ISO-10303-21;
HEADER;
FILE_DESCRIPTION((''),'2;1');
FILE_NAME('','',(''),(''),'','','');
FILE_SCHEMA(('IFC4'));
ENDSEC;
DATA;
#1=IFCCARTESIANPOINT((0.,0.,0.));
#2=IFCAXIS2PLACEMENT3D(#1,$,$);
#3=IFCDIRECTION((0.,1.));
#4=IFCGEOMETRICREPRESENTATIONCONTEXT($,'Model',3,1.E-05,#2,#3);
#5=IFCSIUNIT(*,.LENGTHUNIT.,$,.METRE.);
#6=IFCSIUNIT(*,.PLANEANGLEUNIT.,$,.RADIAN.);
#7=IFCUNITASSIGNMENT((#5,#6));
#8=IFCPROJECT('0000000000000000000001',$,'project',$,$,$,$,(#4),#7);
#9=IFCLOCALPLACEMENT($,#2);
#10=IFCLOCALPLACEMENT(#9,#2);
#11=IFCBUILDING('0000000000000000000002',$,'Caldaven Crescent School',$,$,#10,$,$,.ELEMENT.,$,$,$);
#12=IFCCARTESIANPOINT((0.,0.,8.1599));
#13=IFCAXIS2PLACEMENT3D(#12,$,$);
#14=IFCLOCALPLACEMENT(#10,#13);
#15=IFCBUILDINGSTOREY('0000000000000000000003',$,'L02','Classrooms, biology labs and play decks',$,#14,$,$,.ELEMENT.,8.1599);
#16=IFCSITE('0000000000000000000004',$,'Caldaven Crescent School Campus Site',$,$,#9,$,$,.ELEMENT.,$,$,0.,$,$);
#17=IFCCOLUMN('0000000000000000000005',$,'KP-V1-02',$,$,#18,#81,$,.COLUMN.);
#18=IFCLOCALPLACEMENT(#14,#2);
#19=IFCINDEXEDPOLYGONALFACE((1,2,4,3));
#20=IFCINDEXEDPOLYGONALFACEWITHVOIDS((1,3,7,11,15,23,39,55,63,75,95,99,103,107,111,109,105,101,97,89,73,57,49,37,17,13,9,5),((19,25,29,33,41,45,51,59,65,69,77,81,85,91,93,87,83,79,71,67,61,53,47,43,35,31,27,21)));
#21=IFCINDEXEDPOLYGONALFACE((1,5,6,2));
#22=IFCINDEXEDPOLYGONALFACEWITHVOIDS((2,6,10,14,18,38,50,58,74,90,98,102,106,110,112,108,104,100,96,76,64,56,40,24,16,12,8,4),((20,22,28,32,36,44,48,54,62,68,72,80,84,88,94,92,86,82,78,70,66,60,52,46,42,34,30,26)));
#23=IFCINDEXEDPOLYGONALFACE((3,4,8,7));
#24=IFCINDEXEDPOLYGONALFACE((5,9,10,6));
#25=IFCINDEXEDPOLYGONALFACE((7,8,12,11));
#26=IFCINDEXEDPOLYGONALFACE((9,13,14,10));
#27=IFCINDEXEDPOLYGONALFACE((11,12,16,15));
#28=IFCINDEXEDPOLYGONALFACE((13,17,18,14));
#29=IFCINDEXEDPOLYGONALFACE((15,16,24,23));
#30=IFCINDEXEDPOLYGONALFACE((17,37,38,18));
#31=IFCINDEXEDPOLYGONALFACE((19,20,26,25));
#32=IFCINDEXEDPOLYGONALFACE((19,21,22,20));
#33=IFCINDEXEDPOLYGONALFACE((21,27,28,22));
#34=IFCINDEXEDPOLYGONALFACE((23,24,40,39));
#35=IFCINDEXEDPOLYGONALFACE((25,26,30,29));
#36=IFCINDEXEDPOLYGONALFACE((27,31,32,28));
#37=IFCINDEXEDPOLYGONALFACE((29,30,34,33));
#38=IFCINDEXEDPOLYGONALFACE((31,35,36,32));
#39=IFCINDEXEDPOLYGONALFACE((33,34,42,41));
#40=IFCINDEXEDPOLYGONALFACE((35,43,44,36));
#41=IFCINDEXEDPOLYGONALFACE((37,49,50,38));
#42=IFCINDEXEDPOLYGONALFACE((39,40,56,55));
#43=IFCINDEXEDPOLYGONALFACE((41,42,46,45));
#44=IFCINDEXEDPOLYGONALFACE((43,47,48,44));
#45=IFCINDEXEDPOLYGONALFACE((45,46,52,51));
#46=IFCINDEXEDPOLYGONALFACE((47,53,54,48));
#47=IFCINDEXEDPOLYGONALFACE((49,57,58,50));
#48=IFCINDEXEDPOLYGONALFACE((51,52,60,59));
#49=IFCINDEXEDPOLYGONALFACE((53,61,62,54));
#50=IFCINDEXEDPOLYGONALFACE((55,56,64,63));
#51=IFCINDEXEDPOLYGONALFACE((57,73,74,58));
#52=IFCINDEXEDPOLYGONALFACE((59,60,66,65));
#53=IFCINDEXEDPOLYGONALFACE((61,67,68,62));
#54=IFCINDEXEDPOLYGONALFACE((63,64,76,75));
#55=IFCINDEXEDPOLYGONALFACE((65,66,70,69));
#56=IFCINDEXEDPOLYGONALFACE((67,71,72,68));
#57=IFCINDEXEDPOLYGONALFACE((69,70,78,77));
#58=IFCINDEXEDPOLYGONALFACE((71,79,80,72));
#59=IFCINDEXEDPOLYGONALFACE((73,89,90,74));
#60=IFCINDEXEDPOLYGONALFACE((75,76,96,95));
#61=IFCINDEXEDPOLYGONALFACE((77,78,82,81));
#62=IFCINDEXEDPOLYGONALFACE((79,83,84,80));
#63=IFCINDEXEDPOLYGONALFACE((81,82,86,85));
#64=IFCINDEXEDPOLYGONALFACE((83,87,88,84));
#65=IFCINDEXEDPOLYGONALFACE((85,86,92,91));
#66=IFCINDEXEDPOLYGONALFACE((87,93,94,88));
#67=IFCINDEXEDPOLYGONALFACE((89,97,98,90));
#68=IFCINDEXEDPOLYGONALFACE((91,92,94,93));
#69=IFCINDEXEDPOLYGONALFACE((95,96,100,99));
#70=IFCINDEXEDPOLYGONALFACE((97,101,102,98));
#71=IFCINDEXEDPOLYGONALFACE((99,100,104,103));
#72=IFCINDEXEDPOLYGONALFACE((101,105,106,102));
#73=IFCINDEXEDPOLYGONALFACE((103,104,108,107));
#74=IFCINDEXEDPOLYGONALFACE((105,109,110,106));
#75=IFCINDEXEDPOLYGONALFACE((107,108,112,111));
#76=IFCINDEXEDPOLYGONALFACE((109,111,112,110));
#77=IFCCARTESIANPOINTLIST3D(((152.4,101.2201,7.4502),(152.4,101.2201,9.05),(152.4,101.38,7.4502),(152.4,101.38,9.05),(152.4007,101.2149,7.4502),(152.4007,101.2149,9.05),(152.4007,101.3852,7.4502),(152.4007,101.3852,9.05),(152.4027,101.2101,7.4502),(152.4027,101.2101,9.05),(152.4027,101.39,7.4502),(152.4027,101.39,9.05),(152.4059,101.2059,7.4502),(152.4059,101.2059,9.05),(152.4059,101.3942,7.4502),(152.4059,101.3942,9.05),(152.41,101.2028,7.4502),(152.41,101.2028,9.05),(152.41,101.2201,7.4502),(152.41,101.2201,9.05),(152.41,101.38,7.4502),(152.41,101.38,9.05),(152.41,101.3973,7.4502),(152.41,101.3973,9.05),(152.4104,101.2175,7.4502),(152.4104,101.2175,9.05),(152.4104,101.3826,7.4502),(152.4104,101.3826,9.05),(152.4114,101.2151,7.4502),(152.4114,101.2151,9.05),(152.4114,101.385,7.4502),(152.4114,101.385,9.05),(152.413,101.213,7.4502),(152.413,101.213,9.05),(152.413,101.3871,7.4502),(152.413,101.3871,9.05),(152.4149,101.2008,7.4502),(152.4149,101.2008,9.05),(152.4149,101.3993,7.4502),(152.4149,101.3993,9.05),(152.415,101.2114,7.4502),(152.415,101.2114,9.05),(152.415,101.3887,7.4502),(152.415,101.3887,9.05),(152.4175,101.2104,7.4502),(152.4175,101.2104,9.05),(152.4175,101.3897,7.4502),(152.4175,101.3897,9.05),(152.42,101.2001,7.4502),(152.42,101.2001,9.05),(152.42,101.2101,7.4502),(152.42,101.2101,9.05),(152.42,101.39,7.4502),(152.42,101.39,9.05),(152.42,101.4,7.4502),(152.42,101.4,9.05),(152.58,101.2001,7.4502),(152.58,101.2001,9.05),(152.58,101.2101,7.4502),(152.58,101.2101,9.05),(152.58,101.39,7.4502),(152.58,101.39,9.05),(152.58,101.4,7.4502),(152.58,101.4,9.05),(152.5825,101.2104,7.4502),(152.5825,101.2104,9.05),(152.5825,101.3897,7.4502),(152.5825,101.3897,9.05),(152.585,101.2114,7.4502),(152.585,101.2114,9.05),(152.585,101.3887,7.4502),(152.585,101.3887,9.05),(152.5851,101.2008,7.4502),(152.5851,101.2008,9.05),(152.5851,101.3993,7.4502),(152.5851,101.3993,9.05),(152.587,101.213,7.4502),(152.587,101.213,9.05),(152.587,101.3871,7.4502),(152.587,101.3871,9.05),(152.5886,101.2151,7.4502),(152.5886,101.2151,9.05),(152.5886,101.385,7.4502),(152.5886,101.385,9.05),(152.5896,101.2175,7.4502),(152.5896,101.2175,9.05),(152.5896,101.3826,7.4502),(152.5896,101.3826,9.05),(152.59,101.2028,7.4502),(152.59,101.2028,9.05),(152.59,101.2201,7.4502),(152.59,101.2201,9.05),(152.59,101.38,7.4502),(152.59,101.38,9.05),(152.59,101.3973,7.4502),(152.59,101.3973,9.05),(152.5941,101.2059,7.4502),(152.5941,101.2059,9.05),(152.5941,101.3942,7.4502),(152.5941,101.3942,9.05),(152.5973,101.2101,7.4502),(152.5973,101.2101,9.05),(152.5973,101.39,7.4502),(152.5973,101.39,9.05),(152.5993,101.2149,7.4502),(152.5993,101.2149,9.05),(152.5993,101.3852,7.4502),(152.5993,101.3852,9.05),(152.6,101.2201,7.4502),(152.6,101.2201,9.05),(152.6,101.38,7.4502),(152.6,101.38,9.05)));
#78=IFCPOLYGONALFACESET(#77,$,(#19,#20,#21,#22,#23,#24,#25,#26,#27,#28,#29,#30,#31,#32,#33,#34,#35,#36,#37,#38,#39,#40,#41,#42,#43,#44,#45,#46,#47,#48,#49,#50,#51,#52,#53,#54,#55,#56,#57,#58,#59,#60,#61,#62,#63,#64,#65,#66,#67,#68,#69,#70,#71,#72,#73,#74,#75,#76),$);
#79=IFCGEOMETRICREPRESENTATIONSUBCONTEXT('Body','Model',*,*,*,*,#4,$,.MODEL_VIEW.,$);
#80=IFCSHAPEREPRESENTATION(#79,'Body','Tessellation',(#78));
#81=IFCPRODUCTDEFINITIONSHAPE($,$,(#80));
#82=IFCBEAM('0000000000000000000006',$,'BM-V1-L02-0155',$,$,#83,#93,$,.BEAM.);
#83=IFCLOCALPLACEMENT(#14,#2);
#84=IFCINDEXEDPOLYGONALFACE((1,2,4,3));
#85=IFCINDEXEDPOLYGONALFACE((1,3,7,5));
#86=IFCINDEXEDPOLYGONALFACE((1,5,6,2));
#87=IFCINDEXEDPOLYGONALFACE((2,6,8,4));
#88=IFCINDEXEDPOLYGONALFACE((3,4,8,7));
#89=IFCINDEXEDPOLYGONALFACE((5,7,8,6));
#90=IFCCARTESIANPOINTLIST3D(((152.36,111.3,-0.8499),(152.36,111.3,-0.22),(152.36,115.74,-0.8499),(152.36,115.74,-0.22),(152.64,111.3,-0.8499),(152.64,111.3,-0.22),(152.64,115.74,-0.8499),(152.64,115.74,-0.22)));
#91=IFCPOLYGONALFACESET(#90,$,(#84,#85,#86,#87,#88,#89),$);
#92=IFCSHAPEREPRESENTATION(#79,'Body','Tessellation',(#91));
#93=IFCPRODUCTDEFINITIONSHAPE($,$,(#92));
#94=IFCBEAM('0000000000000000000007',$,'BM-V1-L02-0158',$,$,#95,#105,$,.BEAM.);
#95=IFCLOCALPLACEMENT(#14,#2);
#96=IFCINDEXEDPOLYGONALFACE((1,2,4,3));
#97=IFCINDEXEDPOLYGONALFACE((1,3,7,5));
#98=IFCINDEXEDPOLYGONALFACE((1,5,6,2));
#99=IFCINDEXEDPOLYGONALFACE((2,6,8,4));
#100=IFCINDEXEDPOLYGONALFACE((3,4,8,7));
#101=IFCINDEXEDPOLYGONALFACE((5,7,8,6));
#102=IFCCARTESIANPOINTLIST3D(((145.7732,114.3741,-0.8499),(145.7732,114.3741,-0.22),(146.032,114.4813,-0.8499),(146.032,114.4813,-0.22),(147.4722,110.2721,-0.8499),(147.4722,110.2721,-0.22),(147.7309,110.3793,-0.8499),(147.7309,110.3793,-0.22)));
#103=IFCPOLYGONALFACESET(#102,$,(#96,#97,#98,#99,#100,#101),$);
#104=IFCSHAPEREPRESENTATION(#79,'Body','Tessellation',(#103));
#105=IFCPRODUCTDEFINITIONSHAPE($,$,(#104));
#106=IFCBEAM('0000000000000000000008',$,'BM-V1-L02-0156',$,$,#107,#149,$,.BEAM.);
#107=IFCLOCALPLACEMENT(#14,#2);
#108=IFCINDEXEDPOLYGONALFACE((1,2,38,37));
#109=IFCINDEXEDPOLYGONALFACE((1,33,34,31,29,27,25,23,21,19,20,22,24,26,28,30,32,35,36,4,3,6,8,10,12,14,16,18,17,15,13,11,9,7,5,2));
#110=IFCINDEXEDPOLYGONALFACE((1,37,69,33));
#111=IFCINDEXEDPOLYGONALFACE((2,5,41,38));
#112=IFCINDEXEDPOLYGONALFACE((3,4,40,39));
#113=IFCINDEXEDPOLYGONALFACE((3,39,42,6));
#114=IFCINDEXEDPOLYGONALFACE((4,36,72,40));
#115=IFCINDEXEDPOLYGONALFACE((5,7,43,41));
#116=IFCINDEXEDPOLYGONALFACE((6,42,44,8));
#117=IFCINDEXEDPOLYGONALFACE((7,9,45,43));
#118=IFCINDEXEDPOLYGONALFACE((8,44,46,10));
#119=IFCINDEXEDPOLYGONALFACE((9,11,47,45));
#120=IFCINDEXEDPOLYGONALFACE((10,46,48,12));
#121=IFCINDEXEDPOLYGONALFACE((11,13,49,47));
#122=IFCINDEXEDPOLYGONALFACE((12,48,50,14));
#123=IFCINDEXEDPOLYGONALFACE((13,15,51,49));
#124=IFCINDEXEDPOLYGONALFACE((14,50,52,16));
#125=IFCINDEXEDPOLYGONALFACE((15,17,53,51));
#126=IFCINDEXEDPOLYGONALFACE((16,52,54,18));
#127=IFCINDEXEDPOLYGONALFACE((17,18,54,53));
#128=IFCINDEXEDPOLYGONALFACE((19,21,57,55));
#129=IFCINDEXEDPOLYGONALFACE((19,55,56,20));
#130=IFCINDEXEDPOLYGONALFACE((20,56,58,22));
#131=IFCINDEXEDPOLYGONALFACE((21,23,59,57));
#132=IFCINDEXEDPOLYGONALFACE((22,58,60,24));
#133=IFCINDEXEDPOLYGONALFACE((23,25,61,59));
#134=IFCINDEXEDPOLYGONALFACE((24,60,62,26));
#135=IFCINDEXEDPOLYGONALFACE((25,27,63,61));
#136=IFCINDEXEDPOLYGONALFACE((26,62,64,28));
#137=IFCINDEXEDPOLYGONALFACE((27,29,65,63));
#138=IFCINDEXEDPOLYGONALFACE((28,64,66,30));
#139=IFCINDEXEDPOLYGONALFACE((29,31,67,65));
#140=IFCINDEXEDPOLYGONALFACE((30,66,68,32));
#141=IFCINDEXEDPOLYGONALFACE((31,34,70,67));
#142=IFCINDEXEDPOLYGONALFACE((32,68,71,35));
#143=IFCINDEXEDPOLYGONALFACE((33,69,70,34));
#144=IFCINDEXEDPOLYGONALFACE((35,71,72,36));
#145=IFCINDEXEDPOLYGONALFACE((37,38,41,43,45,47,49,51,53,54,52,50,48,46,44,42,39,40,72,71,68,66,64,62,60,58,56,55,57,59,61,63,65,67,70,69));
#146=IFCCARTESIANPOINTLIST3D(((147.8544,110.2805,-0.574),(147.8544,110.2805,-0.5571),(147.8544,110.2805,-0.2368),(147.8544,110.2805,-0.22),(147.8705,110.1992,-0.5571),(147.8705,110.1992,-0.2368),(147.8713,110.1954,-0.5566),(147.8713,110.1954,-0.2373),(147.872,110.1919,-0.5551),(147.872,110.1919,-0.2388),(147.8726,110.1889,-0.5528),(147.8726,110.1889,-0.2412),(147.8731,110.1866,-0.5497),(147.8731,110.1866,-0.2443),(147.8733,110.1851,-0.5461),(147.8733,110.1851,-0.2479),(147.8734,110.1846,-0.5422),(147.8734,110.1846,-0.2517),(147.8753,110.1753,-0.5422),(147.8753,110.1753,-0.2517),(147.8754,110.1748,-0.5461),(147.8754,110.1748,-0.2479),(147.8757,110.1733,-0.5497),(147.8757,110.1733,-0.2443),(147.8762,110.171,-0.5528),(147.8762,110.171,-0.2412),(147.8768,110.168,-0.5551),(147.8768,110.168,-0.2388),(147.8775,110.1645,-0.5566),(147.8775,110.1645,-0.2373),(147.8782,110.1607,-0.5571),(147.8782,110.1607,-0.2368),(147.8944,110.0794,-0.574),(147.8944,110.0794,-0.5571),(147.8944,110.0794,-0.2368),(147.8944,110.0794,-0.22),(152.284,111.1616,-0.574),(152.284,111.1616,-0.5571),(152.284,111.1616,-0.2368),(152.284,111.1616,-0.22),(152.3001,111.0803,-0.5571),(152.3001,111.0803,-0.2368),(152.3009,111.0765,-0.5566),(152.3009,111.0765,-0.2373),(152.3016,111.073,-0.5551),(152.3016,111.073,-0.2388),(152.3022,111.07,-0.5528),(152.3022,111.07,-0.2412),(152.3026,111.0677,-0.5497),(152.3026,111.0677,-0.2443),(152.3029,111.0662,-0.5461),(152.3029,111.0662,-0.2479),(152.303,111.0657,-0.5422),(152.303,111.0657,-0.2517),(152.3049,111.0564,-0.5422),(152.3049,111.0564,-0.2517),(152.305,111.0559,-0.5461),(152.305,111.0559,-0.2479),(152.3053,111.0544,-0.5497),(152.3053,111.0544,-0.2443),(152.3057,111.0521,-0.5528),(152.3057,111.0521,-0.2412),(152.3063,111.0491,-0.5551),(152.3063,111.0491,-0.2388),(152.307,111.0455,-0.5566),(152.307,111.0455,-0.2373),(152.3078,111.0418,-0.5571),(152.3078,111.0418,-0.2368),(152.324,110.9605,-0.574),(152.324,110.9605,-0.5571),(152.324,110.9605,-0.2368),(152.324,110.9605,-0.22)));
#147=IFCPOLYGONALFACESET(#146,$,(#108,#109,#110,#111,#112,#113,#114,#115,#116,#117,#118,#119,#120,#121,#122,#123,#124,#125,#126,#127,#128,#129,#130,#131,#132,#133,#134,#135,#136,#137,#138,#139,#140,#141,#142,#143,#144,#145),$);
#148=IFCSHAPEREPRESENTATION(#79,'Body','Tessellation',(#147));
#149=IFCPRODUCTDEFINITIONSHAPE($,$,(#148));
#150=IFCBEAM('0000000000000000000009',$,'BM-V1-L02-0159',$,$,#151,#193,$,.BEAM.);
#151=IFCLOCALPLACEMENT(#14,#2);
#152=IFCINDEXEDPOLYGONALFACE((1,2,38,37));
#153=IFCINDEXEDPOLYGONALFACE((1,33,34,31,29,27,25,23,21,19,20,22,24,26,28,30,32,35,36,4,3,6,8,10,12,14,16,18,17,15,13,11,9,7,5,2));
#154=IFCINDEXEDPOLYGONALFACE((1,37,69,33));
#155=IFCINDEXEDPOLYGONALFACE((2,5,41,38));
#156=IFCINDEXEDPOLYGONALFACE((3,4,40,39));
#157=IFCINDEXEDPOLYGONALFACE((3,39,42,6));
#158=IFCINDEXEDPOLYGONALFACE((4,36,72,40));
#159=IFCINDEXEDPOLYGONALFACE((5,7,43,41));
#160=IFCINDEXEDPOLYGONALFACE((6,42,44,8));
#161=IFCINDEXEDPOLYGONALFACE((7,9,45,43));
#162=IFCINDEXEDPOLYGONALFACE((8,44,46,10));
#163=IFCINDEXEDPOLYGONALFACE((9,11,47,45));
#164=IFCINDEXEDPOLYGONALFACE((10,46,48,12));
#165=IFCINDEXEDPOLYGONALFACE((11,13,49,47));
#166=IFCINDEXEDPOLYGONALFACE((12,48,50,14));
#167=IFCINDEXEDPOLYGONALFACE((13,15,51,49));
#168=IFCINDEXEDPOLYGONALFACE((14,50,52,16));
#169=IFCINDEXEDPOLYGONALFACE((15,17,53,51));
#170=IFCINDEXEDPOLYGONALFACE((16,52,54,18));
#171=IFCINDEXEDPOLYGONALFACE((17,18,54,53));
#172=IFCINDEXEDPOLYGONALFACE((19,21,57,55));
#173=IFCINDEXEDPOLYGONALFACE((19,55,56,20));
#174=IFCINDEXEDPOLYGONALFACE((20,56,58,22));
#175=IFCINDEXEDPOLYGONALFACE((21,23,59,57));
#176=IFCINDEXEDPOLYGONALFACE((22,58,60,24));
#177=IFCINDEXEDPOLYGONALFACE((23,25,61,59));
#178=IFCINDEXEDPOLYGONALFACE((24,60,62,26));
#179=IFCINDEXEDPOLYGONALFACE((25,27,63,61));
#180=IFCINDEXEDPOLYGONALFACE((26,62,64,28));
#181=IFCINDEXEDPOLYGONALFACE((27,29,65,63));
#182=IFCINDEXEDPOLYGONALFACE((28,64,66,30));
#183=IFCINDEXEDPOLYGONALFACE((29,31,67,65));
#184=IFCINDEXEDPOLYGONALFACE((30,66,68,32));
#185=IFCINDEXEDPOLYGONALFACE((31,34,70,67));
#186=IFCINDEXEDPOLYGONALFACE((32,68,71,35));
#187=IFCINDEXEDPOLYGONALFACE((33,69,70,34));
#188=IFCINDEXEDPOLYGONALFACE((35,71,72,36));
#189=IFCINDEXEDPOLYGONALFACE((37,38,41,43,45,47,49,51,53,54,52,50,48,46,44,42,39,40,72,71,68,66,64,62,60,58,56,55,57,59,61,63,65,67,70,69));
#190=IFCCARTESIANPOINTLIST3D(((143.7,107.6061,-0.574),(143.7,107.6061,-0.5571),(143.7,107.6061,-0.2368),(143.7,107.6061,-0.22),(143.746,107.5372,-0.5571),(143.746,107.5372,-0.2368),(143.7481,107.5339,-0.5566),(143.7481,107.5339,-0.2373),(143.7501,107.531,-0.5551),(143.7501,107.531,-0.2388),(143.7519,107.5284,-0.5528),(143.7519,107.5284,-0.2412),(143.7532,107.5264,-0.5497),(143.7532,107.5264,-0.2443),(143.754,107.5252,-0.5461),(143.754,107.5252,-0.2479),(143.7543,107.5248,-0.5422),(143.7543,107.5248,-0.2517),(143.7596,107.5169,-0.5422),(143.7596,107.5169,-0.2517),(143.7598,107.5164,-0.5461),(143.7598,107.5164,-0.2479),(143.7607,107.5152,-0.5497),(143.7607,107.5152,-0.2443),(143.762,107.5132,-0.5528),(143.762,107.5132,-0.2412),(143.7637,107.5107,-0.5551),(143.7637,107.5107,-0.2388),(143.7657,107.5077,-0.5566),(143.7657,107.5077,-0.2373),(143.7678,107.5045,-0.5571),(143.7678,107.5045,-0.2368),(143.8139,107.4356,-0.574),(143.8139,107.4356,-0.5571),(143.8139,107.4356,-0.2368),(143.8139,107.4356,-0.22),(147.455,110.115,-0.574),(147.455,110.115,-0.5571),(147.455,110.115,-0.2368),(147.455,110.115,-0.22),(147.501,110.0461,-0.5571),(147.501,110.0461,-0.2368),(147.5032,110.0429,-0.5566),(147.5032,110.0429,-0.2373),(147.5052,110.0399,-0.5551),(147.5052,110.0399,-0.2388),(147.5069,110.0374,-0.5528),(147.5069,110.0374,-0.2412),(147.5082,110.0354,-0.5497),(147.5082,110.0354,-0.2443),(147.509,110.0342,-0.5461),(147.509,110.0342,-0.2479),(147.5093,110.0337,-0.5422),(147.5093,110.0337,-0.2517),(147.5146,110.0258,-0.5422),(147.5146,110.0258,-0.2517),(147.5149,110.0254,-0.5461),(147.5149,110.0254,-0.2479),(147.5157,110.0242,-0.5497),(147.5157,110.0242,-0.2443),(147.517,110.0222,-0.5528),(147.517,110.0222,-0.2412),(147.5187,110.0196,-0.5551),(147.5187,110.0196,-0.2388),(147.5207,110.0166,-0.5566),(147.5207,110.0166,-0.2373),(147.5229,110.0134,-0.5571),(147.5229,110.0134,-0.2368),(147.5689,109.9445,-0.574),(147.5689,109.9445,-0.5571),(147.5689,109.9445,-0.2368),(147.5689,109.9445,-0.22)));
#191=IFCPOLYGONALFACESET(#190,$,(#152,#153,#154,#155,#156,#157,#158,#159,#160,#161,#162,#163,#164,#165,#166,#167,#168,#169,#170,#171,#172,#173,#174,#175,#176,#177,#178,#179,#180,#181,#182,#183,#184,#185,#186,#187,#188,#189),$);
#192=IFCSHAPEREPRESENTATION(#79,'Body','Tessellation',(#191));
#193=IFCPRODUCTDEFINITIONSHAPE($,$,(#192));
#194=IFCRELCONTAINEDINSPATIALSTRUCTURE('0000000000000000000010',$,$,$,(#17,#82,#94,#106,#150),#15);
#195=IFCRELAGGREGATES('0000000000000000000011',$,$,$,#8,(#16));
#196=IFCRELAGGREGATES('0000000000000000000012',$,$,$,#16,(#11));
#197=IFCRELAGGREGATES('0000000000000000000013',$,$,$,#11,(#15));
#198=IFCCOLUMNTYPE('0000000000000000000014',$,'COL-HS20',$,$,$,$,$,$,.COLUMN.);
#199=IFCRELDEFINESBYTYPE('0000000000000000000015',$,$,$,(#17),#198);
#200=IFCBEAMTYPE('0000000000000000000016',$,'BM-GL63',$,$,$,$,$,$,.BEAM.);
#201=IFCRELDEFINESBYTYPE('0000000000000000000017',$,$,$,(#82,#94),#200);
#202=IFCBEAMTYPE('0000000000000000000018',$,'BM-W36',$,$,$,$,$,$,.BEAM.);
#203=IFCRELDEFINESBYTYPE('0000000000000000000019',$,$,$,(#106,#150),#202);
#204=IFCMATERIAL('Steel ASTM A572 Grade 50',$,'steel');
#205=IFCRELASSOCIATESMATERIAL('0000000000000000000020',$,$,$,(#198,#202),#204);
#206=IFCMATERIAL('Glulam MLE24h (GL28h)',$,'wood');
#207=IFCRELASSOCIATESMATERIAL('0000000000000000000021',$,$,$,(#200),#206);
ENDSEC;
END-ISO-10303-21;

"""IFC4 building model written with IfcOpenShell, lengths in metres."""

from ifc_helpers import new_model, si_unit, direction, frame, origin, origin_2d, place, context, subcontext, project, spatial, rectangle, hollow_rectangle, i_section, extrude, material, material_profile, profile_set, type_object, element, save


model = new_model("IFC4")

# Units and contexts
model_context = context("Model", 3, precision=1e-05, world=origin(), true_north=direction((0.0, 1.0)))
body_context = subcontext(model_context, "Body", "Model", "MODEL_VIEW")
ifc_project = project(units=[si_unit("LENGTHUNIT", "METRE"), si_unit("PLANEANGLEUNIT", "RADIAN")], contexts=[model_context])

# Site, building, storey
site_placement = place(None, origin())
site = spatial("IfcSite", under=ifc_project, at=site_placement, Name="Caldaven Crescent School Campus Site", CompositionType="ELEMENT", RefElevation=0.0)
building_placement = place(site_placement, origin())
building = spatial("IfcBuilding", under=site, at=building_placement, Name="Caldaven Crescent School", CompositionType="ELEMENT")
storey_placement = place(building_placement, frame((0.0, 0.0, 8.1599)))
storey = spatial("IfcBuildingStorey", under=building, at=storey_placement, Name="L02", Description="Classrooms, biology labs and play decks", CompositionType="ELEMENT", Elevation=8.1599)

# Column
ifc_material_1 = material(Name="Steel ASTM A572 Grade 50", Category="steel")
ifc_material_profile_1 = material_profile(ifc_material_1, hollow_rectangle(XDim=0.2, YDim=0.2, WallThickness=0.01, InnerFilletRadius=0.01, OuterFilletRadius=0.02, at=origin_2d()), Name="HSS 200x200x10")
ifc_profile_set_1 = profile_set([ifc_material_profile_1], Name="Steel ASTM A572 Grade 50")
column_type = type_object("IfcColumnType", Name="COL-HS20", PredefinedType="COLUMN", material=ifc_profile_set_1)
column_placement = place(storey_placement, frame((152.5, 101.3, 7.4502), z_axis=(0.0, 0.0, 1.0), x_axis=(0.0, 1.0, 0.0)))
element("IfcColumn", 1, at=column_placement, inside=storey, type_object=column_type, Name="KP-V1-02", PredefinedType="COLUMN", context=body_context, shape_type="SweptSolid", body=[
    extrude(hollow_rectangle(XDim=0.2, YDim=0.2, WallThickness=0.01, InnerFilletRadius=0.01, OuterFilletRadius=0.02, at=origin_2d()), origin(), (0.0, 0.0, 1.0), 1.5999),
])

# Beams
ifc_material_2 = material(Name="Glulam MLE24h (GL28h)", Category="wood")
ifc_material_profile_2 = material_profile(ifc_material_2, rectangle(XDim=0.28, YDim=0.6299, at=origin_2d()), Name="MLE 280x630")
ifc_profile_set_2 = profile_set([ifc_material_profile_2], Name="Glulam MLE24h (GL28h)")
beam_type_1 = type_object("IfcBeamType", Name="BM-GL63", PredefinedType="BEAM", material=ifc_profile_set_2)
for number, where, z_axis, x_axis, name in (
    (2, (152.5, 111.3, -0.5349), (0.0, 1.0, 0.0), (-1.0, 0.0, 0.0), "BM-V1-L02-0155"),
    (3, (147.6016, 110.3257, -0.5349), (-0.382655, 0.923892, 0.0), (-0.923892, -0.382655, 0.0), "BM-V1-L02-0158"),
):
    element("IfcBeam", number, at=place(storey_placement, frame(where, z_axis=z_axis, x_axis=x_axis)), inside=storey, type_object=beam_type_1, Name=name, PredefinedType="BEAM", context=body_context, shape_type="SweptSolid", body=[
        extrude(rectangle(XDim=0.28, YDim=0.6299, at=origin_2d()), origin(), (0.0, 0.0, 1.0), 4.4399),
    ])
ifc_material_profile_3 = material_profile(ifc_material_1, i_section(OverallWidth=0.2051, OverallDepth=0.354, WebThickness=0.0095, FlangeThickness=0.0168, FilletRadius=0.0149, at=origin_2d()), Name="W360x79")
ifc_profile_set_3 = profile_set([ifc_material_profile_3], Name="Steel ASTM A572 Grade 50")
beam_type_2 = type_object("IfcBeamType", Name="BM-W36", PredefinedType="BEAM", material=ifc_profile_set_3)
beam_1_placement = place(storey_placement, frame((152.304, 111.061, -0.397), z_axis=(-0.980786, -0.195087, 0.0), x_axis=(0.195087, -0.980786, 0.0)))
element("IfcBeam", 4, at=beam_1_placement, inside=storey, type_object=beam_type_2, Name="BM-V1-L02-0156", PredefinedType="BEAM", context=body_context, shape_type="SweptSolid", body=[
    extrude(i_section(OverallWidth=0.2051, OverallDepth=0.354, WebThickness=0.0095, FlangeThickness=0.0168, FilletRadius=0.0149, at=origin_2d()), origin(), (0.0, 0.0, 1.0), 4.5164),
])
beam_2_placement = place(storey_placement, frame((147.512, 110.0298, -0.397), z_axis=(-0.831476, -0.555561, 0.0), x_axis=(0.555561, -0.831476, 0.0)))
element("IfcBeam", 5, at=beam_2_placement, inside=storey, type_object=beam_type_2, Name="BM-V1-L02-0159", PredefinedType="BEAM", context=body_context, shape_type="SweptSolid", body=[
    extrude(i_section(OverallWidth=0.2051, OverallDepth=0.354, WebThickness=0.0095, FlangeThickness=0.0168, FilletRadius=0.0149, at=origin_2d()), origin(), (0.0, 0.0, 1.0), 4.5161),
])

save(model, "model.ifc")
